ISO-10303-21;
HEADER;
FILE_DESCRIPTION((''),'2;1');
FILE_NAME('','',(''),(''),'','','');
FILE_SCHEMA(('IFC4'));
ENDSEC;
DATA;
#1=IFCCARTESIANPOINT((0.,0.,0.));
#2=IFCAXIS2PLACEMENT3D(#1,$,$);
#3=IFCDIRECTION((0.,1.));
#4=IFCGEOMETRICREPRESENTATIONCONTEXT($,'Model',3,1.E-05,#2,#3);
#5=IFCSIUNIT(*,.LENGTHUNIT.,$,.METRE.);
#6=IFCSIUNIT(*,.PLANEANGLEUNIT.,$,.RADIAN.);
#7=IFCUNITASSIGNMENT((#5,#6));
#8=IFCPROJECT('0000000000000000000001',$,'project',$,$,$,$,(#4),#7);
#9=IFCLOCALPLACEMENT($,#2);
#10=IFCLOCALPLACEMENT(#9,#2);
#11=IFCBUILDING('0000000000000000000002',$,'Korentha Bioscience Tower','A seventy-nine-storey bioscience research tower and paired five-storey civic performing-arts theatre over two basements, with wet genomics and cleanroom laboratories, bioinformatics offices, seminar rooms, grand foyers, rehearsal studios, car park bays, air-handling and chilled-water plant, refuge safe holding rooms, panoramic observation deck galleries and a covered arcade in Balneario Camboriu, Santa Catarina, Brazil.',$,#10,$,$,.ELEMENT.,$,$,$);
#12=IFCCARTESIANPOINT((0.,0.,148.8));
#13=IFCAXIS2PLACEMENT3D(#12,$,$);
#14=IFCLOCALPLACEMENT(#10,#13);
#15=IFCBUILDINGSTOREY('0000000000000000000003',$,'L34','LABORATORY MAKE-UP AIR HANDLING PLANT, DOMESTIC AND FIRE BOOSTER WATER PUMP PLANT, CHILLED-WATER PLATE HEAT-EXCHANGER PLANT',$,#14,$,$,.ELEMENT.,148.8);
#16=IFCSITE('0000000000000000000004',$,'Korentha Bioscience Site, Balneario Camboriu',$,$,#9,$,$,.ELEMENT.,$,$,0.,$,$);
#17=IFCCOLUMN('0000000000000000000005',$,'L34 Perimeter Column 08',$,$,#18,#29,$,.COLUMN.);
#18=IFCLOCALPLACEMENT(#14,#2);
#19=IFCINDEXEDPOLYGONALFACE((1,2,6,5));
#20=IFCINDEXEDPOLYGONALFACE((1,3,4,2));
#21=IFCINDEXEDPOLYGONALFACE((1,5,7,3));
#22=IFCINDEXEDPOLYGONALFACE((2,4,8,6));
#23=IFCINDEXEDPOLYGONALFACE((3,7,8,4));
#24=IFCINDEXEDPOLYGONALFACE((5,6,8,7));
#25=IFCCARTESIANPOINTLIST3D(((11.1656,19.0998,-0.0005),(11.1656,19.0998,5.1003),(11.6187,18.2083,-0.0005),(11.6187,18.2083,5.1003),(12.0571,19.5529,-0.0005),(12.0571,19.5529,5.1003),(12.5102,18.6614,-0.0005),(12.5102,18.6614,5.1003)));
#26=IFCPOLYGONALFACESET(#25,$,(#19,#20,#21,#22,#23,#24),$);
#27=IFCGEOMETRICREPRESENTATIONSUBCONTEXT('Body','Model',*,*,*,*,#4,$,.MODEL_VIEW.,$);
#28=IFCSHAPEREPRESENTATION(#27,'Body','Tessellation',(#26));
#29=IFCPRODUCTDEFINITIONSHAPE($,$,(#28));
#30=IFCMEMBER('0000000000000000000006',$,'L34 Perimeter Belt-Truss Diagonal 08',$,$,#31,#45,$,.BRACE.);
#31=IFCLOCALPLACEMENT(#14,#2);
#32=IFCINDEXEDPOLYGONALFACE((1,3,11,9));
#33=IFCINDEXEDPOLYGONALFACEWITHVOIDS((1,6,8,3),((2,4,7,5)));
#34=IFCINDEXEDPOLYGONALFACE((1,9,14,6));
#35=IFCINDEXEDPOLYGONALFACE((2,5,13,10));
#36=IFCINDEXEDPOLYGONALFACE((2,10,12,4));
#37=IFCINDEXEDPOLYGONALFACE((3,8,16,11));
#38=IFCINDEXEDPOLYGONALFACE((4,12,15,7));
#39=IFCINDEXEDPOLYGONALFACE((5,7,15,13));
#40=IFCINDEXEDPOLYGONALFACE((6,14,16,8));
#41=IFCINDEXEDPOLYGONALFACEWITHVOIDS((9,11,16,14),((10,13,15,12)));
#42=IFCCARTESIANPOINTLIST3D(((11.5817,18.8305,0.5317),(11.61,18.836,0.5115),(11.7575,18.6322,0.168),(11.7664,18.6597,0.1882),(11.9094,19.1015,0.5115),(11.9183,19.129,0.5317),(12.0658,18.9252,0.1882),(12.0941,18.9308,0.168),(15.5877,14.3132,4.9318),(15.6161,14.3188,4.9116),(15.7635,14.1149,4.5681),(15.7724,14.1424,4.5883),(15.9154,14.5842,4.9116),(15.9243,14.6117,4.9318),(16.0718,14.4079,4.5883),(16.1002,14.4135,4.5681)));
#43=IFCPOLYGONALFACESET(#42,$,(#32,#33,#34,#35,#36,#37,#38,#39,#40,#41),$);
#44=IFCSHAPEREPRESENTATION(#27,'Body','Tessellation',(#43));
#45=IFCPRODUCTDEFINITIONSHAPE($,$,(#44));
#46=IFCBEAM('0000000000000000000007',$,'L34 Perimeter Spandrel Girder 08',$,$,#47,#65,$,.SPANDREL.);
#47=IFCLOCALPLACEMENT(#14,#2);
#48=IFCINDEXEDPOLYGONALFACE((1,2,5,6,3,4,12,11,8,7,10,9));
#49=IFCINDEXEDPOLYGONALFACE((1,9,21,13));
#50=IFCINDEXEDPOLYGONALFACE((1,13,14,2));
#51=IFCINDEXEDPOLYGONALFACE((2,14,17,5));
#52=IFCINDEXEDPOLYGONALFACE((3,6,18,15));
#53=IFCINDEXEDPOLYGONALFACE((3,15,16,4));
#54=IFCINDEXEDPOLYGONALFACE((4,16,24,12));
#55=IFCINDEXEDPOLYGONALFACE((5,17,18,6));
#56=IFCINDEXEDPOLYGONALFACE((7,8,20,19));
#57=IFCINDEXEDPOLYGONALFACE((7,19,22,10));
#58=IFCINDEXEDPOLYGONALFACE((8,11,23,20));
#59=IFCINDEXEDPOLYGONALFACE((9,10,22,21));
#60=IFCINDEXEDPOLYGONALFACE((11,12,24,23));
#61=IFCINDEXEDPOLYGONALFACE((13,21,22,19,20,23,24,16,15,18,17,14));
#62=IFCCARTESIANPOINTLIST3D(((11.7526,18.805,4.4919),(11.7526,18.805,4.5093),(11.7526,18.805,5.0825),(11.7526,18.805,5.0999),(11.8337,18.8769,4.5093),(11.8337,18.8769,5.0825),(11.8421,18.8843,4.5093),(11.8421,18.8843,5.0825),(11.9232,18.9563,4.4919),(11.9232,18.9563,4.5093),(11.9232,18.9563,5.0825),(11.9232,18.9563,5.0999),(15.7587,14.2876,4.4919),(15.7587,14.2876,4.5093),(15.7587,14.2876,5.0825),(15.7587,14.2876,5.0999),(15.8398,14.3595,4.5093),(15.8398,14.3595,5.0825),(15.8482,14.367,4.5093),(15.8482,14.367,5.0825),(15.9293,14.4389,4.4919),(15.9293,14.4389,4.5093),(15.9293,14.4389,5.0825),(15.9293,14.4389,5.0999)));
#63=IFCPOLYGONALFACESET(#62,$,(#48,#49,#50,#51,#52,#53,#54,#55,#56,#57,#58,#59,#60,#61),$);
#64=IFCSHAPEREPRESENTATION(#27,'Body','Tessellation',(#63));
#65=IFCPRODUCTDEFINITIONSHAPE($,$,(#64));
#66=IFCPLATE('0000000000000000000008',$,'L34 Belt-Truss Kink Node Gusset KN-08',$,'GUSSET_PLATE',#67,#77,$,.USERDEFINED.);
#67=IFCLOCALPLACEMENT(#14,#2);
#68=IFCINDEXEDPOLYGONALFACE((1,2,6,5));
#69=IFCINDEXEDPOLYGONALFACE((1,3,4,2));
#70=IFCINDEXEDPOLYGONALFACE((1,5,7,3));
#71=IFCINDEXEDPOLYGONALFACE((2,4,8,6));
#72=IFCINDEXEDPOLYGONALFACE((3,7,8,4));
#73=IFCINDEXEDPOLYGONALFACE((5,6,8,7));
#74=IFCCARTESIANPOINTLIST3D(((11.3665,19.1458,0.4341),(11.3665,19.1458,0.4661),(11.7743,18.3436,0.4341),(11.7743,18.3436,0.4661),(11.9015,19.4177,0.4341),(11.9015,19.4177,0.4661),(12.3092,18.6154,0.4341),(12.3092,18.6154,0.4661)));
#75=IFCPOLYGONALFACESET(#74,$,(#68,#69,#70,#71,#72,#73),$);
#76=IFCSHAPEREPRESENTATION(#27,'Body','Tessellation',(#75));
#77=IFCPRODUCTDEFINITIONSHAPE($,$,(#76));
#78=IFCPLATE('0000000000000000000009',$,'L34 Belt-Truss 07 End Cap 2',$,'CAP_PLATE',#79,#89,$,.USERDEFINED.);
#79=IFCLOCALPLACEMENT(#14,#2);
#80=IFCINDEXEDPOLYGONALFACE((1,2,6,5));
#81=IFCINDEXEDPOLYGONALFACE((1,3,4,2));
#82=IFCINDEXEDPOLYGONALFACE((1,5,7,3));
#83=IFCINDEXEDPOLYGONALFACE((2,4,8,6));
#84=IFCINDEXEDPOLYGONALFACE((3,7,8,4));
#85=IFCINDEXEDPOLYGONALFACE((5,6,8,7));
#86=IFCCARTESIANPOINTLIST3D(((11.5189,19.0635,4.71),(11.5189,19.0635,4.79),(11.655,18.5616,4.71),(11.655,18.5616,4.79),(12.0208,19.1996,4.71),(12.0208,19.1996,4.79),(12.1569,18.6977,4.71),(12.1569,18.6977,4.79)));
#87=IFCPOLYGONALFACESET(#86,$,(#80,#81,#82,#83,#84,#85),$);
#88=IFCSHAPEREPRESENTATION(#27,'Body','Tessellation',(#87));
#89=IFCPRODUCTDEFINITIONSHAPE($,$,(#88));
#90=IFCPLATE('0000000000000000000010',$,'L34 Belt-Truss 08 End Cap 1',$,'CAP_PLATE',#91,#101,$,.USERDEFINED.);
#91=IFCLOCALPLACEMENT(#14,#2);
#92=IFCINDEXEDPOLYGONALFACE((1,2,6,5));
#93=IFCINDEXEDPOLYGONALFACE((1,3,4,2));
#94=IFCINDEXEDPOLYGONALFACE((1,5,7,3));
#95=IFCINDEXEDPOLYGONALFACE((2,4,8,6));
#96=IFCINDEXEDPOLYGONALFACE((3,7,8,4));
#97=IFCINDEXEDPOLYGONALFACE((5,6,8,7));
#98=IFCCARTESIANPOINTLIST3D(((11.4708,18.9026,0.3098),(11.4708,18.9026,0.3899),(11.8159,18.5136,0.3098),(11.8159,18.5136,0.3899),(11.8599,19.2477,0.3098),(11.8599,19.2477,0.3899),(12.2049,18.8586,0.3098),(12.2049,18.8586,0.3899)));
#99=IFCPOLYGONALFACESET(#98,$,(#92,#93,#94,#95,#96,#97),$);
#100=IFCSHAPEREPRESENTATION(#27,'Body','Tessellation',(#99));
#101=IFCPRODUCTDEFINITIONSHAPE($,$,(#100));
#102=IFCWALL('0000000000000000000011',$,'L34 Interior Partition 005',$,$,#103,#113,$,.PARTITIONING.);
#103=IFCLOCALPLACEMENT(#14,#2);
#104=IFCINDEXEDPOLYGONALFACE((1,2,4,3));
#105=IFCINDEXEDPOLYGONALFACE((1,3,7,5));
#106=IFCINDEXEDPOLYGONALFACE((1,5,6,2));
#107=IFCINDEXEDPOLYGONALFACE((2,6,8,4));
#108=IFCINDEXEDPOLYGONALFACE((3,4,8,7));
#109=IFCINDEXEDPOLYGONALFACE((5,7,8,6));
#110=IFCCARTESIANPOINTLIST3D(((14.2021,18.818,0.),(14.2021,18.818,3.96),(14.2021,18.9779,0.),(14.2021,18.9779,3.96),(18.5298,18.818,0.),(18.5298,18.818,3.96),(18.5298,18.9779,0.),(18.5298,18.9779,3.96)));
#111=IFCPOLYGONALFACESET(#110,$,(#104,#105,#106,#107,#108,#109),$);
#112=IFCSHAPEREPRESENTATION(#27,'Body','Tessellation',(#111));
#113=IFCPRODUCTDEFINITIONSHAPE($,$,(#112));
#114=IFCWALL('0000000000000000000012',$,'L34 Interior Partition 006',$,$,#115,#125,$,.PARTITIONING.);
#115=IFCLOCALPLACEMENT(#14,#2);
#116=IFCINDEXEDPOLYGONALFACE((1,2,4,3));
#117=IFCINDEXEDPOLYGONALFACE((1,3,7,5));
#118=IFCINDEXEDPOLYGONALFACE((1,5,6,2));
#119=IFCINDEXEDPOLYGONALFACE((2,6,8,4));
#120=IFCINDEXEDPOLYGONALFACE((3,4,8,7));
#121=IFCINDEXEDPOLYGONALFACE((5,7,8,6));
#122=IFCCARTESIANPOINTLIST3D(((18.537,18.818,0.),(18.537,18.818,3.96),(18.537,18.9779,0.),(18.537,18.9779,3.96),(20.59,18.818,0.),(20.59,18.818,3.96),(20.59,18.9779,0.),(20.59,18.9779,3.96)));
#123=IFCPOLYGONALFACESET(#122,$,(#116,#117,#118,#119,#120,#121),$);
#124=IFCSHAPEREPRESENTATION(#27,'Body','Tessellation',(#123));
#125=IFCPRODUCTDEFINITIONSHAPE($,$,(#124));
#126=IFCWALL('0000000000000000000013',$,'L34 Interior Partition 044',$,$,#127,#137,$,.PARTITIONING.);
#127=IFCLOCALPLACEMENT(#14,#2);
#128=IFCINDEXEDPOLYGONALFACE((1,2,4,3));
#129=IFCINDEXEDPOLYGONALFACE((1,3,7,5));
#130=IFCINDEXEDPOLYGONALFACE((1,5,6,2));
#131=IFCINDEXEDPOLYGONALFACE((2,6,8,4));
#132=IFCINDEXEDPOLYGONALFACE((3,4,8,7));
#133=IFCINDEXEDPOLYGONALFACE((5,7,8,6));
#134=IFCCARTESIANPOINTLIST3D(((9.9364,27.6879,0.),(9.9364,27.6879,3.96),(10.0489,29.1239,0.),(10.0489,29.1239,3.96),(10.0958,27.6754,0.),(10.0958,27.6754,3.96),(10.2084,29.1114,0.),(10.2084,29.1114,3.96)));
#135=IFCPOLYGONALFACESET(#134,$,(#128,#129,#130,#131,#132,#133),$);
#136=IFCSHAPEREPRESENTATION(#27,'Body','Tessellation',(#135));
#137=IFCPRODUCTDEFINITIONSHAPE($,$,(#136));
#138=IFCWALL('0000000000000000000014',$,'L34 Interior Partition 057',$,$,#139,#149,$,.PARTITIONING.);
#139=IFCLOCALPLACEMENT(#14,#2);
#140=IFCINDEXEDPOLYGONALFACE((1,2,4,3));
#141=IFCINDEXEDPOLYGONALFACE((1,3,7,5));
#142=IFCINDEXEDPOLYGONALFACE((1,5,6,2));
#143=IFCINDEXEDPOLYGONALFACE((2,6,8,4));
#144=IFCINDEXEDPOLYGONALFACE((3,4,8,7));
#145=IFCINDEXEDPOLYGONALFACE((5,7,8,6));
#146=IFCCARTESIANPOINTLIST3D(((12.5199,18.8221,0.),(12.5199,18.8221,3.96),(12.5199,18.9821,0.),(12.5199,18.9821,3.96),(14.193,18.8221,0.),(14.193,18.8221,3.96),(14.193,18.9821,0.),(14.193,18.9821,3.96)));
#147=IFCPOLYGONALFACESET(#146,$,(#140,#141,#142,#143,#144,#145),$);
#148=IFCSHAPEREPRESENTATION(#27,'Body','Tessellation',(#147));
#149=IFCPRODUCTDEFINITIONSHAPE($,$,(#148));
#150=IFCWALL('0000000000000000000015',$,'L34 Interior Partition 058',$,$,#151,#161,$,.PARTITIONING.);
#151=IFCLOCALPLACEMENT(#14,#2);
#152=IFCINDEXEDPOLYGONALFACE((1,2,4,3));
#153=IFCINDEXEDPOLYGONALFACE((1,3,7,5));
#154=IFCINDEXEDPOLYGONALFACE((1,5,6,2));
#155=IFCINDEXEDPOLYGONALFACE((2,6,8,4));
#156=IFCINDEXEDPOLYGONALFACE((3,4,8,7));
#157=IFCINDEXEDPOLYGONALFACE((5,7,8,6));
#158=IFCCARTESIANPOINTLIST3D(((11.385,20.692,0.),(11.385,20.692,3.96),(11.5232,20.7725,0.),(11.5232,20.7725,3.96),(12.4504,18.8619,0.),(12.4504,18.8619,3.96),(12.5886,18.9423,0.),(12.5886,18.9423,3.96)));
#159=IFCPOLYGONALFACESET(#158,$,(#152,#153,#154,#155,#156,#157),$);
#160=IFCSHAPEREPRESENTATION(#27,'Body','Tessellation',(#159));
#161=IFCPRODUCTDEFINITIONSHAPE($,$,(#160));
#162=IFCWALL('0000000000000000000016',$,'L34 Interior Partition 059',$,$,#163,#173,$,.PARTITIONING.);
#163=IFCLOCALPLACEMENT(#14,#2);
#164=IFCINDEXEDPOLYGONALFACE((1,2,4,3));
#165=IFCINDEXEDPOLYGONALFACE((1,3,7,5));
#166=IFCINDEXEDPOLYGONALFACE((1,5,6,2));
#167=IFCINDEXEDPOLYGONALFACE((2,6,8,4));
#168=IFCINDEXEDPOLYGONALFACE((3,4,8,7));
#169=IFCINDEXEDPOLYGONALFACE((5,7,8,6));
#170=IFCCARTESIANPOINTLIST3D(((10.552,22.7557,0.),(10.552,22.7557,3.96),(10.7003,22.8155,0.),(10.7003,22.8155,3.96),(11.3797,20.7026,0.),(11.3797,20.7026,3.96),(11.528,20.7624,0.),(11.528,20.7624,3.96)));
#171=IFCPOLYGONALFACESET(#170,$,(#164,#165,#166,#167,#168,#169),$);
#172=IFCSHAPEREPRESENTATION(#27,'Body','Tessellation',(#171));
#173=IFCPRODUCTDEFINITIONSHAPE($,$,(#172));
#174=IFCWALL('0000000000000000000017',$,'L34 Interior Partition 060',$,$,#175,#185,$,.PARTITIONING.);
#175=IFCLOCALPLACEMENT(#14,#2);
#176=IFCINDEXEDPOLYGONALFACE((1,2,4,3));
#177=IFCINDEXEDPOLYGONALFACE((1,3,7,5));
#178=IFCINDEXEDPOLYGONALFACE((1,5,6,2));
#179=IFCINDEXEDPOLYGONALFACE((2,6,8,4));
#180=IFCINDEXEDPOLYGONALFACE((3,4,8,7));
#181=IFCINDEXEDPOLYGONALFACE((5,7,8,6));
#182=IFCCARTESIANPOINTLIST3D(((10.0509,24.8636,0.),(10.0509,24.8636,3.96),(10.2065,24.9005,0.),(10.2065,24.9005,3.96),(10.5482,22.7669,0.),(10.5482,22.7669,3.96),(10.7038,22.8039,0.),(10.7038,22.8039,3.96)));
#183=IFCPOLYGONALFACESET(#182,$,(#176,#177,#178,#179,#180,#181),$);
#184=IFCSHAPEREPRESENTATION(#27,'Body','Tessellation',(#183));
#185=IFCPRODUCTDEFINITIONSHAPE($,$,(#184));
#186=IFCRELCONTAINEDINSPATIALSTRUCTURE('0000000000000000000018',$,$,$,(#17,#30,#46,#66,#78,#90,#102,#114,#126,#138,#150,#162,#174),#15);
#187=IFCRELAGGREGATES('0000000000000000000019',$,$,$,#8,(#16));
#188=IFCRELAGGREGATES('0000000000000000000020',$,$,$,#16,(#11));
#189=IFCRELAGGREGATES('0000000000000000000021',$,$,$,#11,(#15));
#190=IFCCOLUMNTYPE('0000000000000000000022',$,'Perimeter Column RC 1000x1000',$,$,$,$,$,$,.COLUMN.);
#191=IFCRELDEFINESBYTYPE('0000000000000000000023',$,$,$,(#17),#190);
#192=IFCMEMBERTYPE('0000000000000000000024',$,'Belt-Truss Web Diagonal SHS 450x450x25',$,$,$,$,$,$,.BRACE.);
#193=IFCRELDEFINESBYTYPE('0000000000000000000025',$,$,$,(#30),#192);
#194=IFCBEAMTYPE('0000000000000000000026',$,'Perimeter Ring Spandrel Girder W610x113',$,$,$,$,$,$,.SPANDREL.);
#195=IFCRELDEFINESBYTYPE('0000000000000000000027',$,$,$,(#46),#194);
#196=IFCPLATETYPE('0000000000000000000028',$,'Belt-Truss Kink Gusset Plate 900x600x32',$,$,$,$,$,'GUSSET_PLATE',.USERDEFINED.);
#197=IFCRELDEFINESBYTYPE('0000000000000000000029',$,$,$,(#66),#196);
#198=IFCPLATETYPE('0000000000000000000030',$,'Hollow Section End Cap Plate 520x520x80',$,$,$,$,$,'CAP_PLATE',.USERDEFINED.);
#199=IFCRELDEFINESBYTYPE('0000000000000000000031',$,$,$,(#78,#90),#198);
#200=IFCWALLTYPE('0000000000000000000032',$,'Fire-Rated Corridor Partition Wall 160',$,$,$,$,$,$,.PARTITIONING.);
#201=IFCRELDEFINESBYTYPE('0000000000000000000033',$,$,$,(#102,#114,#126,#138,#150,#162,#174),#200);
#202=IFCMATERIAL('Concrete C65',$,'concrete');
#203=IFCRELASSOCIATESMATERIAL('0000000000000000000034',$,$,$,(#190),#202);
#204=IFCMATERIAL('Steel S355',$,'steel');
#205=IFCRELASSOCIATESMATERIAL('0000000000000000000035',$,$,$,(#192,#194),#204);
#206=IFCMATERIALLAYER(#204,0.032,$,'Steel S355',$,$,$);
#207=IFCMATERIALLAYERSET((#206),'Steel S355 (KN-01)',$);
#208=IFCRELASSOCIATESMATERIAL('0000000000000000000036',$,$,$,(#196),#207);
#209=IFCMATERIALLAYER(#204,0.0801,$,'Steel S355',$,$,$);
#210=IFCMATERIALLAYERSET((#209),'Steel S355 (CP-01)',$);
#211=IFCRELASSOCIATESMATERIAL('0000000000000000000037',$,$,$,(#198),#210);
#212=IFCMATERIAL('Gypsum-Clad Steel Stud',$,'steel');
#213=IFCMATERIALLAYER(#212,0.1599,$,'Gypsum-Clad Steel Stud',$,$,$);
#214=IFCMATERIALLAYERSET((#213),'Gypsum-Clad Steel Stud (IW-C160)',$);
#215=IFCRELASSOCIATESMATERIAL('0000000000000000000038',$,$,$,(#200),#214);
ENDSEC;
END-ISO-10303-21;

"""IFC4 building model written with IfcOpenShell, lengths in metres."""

from ifc_helpers import new_model, si_unit, direction, frame, frame_2d, origin, origin_2d, place, context, subcontext, project, spatial, rectangle, hollow_rectangle, i_section, extrude, material, layer, layer_set, material_profile, profile_set, type_object, element, save


model = new_model("IFC4")

# Units and contexts
model_context = context("Model", 3, precision=1e-05, world=origin(), true_north=direction((0.0, 1.0)))
body_context = subcontext(model_context, "Body", "Model", "MODEL_VIEW")
ifc_project = project(units=[si_unit("LENGTHUNIT", "METRE"), si_unit("PLANEANGLEUNIT", "RADIAN")], contexts=[model_context])

# Site, building, storey
site_placement = place(None, origin())
site = spatial("IfcSite", under=ifc_project, at=site_placement, Name="Korentha Bioscience Site, Balneario Camboriu", CompositionType="ELEMENT", RefElevation=0.0)
building_placement = place(site_placement, origin())
building = spatial("IfcBuilding", under=site, at=building_placement, Name="Korentha Bioscience Tower", Description="A seventy-nine-storey bioscience research tower and paired five-storey civic performing-arts theatre over two basements, with wet genomics and cleanroom laboratories, bioinformatics offices, seminar rooms, grand foyers, rehearsal studios, car park bays, air-handling and chilled-water plant, refuge safe holding rooms, panoramic observation deck galleries and a covered arcade in Balneario Camboriu, Santa Catarina, Brazil.", CompositionType="ELEMENT")
storey_placement = place(building_placement, frame((0.0, 0.0, 148.8)))
storey = spatial("IfcBuildingStorey", under=building, at=storey_placement, Name="L34", Description="LABORATORY MAKE-UP AIR HANDLING PLANT, DOMESTIC AND FIRE BOOSTER WATER PUMP PLANT, CHILLED-WATER PLATE HEAT-EXCHANGER PLANT", CompositionType="ELEMENT", Elevation=148.8)

# Column
ifc_material_1 = material(Name="Concrete C65", Category="concrete")
ifc_material_profile_1 = material_profile(ifc_material_1, rectangle(XDim=1.0, YDim=1.0, at=origin_2d()), Name="Concrete C65")
ifc_profile_set_1 = profile_set([ifc_material_profile_1], Name="Concrete C65 (COL-P10)")
column_type = type_object("IfcColumnType", Name="Perimeter Column RC 1000x1000", PredefinedType="COLUMN", material=ifc_profile_set_1)
column_placement = place(storey_placement, frame((11.8379, 18.8806, -0.0005), z_axis=(0.0, 0.0, 1.0), x_axis=(-0.453057, 0.891481, 0.0)))
element("IfcColumn", 1, at=column_placement, inside=storey, type_object=column_type, Name="L34 Perimeter Column 08", PredefinedType="COLUMN", context=body_context, shape_type="SweptSolid", body=[
    extrude(rectangle(XDim=1.0, YDim=1.0, at=origin_2d()), origin(), (0.0, 0.0, 1.0), 5.1008),
])

# Member
ifc_material_2 = material(Name="Steel S355", Category="steel")
ifc_material_profile_2 = material_profile(ifc_material_2, hollow_rectangle(XDim=0.45, YDim=0.45, WallThickness=0.0249, at=origin_2d()), Name="Steel S355")
ifc_profile_set_2 = profile_set([ifc_material_profile_2], Name="Steel S355 (BT-D450)")
member_type = type_object("IfcMemberType", Name="Belt-Truss Web Diagonal SHS 450x450x25", PredefinedType="BRACE", material=ifc_profile_set_2)
member_placement = place(storey_placement, frame((11.8379, 18.8806, 0.3499), z_axis=(0.536218, -0.604646, 0.58896), x_axis=(0.748174, 0.663503, 0.0)))
element("IfcMember", 2, at=member_placement, inside=storey, type_object=member_type, Name="L34 Perimeter Belt-Truss Diagonal 08", PredefinedType="BRACE", context=body_context, shape_type="SweptSolid", body=[
    extrude(hollow_rectangle(XDim=0.45, YDim=0.45, WallThickness=0.0249, at=origin_2d()), origin(), (0.0, 0.0, 1.0), 7.4709),
])

# Beam
ifc_material_profile_3 = material_profile(ifc_material_2, i_section(OverallWidth=0.228, OverallDepth=0.6079, WebThickness=0.0112, FlangeThickness=0.0173, at=origin_2d()), Name="Steel S355")
ifc_profile_set_3 = profile_set([ifc_material_profile_3], Name="Steel S355 (SB-610)")
beam_type = type_object("IfcBeamType", Name="Perimeter Ring Spandrel Girder W610x113", PredefinedType="SPANDREL", material=ifc_profile_set_3)
beam_placement = place(storey_placement, frame((11.8379, 18.8806, 4.7959), z_axis=(0.663503, -0.748174, 0.0), x_axis=(0.748174, 0.663503, 0.0)))
element("IfcBeam", 3, at=beam_placement, inside=storey, type_object=beam_type, Name="L34 Perimeter Spandrel Girder 08", PredefinedType="SPANDREL", context=body_context, shape_type="SweptSolid", body=[
    extrude(i_section(OverallWidth=0.228, OverallDepth=0.6079, WebThickness=0.0112, FlangeThickness=0.0173, at=origin_2d()), origin(), (0.0, 0.0, 1.0), 6.0378),
])

# Plates
ifc_layer_1 = layer(ifc_material_2, 0.032, Name="Steel S355")
ifc_layer_set_1 = layer_set([ifc_layer_1], Name="Steel S355 (KN-01)")
plate_type_1 = type_object("IfcPlateType", Name="Belt-Truss Kink Gusset Plate 900x600x32", ElementType="GUSSET_PLATE", PredefinedType="USERDEFINED", material=ifc_layer_set_1)
plate_placement = place(storey_placement, frame((11.8379, 18.8806, 0.4341), z_axis=(0.0, 0.0, 1.0), x_axis=(-0.453057, 0.891481, 0.0)))
element("IfcPlate", 4, at=plate_placement, inside=storey, type_object=plate_type_1, Name="L34 Belt-Truss Kink Node Gusset KN-08", ObjectType="GUSSET_PLATE", PredefinedType="USERDEFINED", context=body_context, shape_type="SweptSolid", body=[
    extrude(rectangle(XDim=0.8999, YDim=0.6001, at=origin_2d()), origin(), (0.0, 0.0, 1.0), 0.032),
])
ifc_layer_2 = layer(ifc_material_2, 0.0801, Name="Steel S355")
ifc_layer_set_2 = layer_set([ifc_layer_2], Name="Steel S355 (CP-01)")
plate_type_2 = type_object("IfcPlateType", Name="Hollow Section End Cap Plate 520x520x80", ElementType="CAP_PLATE", PredefinedType="USERDEFINED", material=ifc_layer_set_2)
for number, where, z_axis, x_axis, name in (
    (5, (11.8379, 18.8806, 4.71), (0.0, 0.0, 1.0), (-0.261684, 0.965154, 0.0), "L34 Belt-Truss 07 End Cap 2"),
    (6, (11.8379, 18.8806, 0.3098), (0.0, 0.0, 1.0), (-0.663535, 0.748146, 0.0), "L34 Belt-Truss 08 End Cap 1"),
):
    element("IfcPlate", number, at=place(storey_placement, frame(where, z_axis=z_axis, x_axis=x_axis)), inside=storey, type_object=plate_type_2, Name=name, ObjectType="CAP_PLATE", PredefinedType="USERDEFINED", context=body_context, shape_type="SweptSolid", body=[
        extrude(rectangle(XDim=0.52, YDim=0.52, at=origin_2d()), origin(), (0.0, 0.0, 1.0), 0.0801),
    ])

# Walls
ifc_material_3 = material(Name="Gypsum-Clad Steel Stud", Category="steel")
ifc_layer_3 = layer(ifc_material_3, 0.1599, Name="Gypsum-Clad Steel Stud")
ifc_layer_set_3 = layer_set([ifc_layer_3], Name="Gypsum-Clad Steel Stud (IW-C160)")
wall_type_1 = type_object("IfcWallType", Name="Fire-Rated Corridor Partition Wall 160", PredefinedType="PARTITIONING", material=ifc_layer_set_3)
wall_1_placement = place(storey_placement, frame((14.2021, 18.8979, 0.0), z_axis=(0.0, 0.0, 1.0), x_axis=(1.0, 0.0, 0.0)))
element("IfcWall", 7, at=wall_1_placement, inside=storey, type_object=wall_type_1, Name="L34 Interior Partition 005", PredefinedType="PARTITIONING", context=body_context, shape_type="SweptSolid", body=[
    extrude(rectangle(XDim=4.3276, YDim=0.1599, at=frame_2d((2.1638, 0.0))), origin(), (0.0, 0.0, 1.0), 3.96),
])
wall_2_placement = place(storey_placement, frame((18.5371, 18.8979, 0.0), z_axis=(0.0, 0.0, 1.0), x_axis=(1.0, 0.0, 0.0)))
element("IfcWall", 8, at=wall_2_placement, inside=storey, type_object=wall_type_1, Name="L34 Interior Partition 006", PredefinedType="PARTITIONING", context=body_context, shape_type="SweptSolid", body=[
    extrude(rectangle(XDim=2.053, YDim=0.1599, at=frame_2d((1.0264, 0.0))), origin(), (0.0, 0.0, 1.0), 3.96),
])
wall_3_placement = place(storey_placement, frame((10.0161, 27.6816, 0.0), z_axis=(0.0, 0.0, 1.0), x_axis=(0.078135, 0.996943, 0.0)))
element("IfcWall", 9, at=wall_3_placement, inside=storey, type_object=wall_type_1, Name="L34 Interior Partition 044", PredefinedType="PARTITIONING", context=body_context, shape_type="SweptSolid", body=[
    extrude(rectangle(XDim=1.4404, YDim=0.1599, at=frame_2d((0.7202, 0.0))), origin(), (0.0, 0.0, 1.0), 3.96),
])
wall_4_placement = place(storey_placement, frame((14.1929, 18.9021, 0.0), z_axis=(0.0, 0.0, 1.0), x_axis=(-1.0, 0.0, 0.0)))
element("IfcWall", 10, at=wall_4_placement, inside=storey, type_object=wall_type_1, Name="L34 Interior Partition 057", PredefinedType="PARTITIONING", context=body_context, shape_type="SweptSolid", body=[
    extrude(rectangle(XDim=1.6731, YDim=0.1599, at=frame_2d((0.8364, 0.0))), origin(), (0.0, 0.0, 1.0), 3.96),
])
wall_5_placement = place(storey_placement, frame((12.5195, 18.9021, 0.0), z_axis=(0.0, 0.0, 1.0), x_axis=(-0.503125, 0.864213, 0.0)))
element("IfcWall", 11, at=wall_5_placement, inside=storey, type_object=wall_type_1, Name="L34 Interior Partition 058", PredefinedType="PARTITIONING", context=body_context, shape_type="SweptSolid", body=[
    extrude(rectangle(XDim=2.1177, YDim=0.1599, at=frame_2d((1.0588, 0.0))), origin(), (0.0, 0.0, 1.0), 3.96),
])
wall_6_placement = place(storey_placement, frame((11.4539, 20.7324, 0.0), z_axis=(0.0, 0.0, 1.0), x_axis=(-0.373899, 0.927469, 0.0)))
element("IfcWall", 12, at=wall_6_placement, inside=storey, type_object=wall_type_1, Name="L34 Interior Partition 059", PredefinedType="PARTITIONING", context=body_context, shape_type="SweptSolid", body=[
    extrude(rectangle(XDim=2.2136, YDim=0.1599, at=frame_2d((1.1069, 0.0))), origin(), (0.0, 0.0, 1.0), 3.96),
])
wall_7_placement = place(storey_placement, frame((10.626, 22.7854, 0.0), z_axis=(0.0, 0.0, 1.0), x_axis=(-0.230788, 0.973004, 0.0)))
element("IfcWall", 13, at=wall_7_placement, inside=storey, type_object=wall_type_1, Name="L34 Interior Partition 060", PredefinedType="PARTITIONING", context=body_context, shape_type="SweptSolid", body=[
    extrude(rectangle(XDim=2.1548, YDim=0.1599, at=frame_2d((1.0774, 0.0))), origin(), (0.0, 0.0, 1.0), 3.96),
])

save(model, "model.ifc")
